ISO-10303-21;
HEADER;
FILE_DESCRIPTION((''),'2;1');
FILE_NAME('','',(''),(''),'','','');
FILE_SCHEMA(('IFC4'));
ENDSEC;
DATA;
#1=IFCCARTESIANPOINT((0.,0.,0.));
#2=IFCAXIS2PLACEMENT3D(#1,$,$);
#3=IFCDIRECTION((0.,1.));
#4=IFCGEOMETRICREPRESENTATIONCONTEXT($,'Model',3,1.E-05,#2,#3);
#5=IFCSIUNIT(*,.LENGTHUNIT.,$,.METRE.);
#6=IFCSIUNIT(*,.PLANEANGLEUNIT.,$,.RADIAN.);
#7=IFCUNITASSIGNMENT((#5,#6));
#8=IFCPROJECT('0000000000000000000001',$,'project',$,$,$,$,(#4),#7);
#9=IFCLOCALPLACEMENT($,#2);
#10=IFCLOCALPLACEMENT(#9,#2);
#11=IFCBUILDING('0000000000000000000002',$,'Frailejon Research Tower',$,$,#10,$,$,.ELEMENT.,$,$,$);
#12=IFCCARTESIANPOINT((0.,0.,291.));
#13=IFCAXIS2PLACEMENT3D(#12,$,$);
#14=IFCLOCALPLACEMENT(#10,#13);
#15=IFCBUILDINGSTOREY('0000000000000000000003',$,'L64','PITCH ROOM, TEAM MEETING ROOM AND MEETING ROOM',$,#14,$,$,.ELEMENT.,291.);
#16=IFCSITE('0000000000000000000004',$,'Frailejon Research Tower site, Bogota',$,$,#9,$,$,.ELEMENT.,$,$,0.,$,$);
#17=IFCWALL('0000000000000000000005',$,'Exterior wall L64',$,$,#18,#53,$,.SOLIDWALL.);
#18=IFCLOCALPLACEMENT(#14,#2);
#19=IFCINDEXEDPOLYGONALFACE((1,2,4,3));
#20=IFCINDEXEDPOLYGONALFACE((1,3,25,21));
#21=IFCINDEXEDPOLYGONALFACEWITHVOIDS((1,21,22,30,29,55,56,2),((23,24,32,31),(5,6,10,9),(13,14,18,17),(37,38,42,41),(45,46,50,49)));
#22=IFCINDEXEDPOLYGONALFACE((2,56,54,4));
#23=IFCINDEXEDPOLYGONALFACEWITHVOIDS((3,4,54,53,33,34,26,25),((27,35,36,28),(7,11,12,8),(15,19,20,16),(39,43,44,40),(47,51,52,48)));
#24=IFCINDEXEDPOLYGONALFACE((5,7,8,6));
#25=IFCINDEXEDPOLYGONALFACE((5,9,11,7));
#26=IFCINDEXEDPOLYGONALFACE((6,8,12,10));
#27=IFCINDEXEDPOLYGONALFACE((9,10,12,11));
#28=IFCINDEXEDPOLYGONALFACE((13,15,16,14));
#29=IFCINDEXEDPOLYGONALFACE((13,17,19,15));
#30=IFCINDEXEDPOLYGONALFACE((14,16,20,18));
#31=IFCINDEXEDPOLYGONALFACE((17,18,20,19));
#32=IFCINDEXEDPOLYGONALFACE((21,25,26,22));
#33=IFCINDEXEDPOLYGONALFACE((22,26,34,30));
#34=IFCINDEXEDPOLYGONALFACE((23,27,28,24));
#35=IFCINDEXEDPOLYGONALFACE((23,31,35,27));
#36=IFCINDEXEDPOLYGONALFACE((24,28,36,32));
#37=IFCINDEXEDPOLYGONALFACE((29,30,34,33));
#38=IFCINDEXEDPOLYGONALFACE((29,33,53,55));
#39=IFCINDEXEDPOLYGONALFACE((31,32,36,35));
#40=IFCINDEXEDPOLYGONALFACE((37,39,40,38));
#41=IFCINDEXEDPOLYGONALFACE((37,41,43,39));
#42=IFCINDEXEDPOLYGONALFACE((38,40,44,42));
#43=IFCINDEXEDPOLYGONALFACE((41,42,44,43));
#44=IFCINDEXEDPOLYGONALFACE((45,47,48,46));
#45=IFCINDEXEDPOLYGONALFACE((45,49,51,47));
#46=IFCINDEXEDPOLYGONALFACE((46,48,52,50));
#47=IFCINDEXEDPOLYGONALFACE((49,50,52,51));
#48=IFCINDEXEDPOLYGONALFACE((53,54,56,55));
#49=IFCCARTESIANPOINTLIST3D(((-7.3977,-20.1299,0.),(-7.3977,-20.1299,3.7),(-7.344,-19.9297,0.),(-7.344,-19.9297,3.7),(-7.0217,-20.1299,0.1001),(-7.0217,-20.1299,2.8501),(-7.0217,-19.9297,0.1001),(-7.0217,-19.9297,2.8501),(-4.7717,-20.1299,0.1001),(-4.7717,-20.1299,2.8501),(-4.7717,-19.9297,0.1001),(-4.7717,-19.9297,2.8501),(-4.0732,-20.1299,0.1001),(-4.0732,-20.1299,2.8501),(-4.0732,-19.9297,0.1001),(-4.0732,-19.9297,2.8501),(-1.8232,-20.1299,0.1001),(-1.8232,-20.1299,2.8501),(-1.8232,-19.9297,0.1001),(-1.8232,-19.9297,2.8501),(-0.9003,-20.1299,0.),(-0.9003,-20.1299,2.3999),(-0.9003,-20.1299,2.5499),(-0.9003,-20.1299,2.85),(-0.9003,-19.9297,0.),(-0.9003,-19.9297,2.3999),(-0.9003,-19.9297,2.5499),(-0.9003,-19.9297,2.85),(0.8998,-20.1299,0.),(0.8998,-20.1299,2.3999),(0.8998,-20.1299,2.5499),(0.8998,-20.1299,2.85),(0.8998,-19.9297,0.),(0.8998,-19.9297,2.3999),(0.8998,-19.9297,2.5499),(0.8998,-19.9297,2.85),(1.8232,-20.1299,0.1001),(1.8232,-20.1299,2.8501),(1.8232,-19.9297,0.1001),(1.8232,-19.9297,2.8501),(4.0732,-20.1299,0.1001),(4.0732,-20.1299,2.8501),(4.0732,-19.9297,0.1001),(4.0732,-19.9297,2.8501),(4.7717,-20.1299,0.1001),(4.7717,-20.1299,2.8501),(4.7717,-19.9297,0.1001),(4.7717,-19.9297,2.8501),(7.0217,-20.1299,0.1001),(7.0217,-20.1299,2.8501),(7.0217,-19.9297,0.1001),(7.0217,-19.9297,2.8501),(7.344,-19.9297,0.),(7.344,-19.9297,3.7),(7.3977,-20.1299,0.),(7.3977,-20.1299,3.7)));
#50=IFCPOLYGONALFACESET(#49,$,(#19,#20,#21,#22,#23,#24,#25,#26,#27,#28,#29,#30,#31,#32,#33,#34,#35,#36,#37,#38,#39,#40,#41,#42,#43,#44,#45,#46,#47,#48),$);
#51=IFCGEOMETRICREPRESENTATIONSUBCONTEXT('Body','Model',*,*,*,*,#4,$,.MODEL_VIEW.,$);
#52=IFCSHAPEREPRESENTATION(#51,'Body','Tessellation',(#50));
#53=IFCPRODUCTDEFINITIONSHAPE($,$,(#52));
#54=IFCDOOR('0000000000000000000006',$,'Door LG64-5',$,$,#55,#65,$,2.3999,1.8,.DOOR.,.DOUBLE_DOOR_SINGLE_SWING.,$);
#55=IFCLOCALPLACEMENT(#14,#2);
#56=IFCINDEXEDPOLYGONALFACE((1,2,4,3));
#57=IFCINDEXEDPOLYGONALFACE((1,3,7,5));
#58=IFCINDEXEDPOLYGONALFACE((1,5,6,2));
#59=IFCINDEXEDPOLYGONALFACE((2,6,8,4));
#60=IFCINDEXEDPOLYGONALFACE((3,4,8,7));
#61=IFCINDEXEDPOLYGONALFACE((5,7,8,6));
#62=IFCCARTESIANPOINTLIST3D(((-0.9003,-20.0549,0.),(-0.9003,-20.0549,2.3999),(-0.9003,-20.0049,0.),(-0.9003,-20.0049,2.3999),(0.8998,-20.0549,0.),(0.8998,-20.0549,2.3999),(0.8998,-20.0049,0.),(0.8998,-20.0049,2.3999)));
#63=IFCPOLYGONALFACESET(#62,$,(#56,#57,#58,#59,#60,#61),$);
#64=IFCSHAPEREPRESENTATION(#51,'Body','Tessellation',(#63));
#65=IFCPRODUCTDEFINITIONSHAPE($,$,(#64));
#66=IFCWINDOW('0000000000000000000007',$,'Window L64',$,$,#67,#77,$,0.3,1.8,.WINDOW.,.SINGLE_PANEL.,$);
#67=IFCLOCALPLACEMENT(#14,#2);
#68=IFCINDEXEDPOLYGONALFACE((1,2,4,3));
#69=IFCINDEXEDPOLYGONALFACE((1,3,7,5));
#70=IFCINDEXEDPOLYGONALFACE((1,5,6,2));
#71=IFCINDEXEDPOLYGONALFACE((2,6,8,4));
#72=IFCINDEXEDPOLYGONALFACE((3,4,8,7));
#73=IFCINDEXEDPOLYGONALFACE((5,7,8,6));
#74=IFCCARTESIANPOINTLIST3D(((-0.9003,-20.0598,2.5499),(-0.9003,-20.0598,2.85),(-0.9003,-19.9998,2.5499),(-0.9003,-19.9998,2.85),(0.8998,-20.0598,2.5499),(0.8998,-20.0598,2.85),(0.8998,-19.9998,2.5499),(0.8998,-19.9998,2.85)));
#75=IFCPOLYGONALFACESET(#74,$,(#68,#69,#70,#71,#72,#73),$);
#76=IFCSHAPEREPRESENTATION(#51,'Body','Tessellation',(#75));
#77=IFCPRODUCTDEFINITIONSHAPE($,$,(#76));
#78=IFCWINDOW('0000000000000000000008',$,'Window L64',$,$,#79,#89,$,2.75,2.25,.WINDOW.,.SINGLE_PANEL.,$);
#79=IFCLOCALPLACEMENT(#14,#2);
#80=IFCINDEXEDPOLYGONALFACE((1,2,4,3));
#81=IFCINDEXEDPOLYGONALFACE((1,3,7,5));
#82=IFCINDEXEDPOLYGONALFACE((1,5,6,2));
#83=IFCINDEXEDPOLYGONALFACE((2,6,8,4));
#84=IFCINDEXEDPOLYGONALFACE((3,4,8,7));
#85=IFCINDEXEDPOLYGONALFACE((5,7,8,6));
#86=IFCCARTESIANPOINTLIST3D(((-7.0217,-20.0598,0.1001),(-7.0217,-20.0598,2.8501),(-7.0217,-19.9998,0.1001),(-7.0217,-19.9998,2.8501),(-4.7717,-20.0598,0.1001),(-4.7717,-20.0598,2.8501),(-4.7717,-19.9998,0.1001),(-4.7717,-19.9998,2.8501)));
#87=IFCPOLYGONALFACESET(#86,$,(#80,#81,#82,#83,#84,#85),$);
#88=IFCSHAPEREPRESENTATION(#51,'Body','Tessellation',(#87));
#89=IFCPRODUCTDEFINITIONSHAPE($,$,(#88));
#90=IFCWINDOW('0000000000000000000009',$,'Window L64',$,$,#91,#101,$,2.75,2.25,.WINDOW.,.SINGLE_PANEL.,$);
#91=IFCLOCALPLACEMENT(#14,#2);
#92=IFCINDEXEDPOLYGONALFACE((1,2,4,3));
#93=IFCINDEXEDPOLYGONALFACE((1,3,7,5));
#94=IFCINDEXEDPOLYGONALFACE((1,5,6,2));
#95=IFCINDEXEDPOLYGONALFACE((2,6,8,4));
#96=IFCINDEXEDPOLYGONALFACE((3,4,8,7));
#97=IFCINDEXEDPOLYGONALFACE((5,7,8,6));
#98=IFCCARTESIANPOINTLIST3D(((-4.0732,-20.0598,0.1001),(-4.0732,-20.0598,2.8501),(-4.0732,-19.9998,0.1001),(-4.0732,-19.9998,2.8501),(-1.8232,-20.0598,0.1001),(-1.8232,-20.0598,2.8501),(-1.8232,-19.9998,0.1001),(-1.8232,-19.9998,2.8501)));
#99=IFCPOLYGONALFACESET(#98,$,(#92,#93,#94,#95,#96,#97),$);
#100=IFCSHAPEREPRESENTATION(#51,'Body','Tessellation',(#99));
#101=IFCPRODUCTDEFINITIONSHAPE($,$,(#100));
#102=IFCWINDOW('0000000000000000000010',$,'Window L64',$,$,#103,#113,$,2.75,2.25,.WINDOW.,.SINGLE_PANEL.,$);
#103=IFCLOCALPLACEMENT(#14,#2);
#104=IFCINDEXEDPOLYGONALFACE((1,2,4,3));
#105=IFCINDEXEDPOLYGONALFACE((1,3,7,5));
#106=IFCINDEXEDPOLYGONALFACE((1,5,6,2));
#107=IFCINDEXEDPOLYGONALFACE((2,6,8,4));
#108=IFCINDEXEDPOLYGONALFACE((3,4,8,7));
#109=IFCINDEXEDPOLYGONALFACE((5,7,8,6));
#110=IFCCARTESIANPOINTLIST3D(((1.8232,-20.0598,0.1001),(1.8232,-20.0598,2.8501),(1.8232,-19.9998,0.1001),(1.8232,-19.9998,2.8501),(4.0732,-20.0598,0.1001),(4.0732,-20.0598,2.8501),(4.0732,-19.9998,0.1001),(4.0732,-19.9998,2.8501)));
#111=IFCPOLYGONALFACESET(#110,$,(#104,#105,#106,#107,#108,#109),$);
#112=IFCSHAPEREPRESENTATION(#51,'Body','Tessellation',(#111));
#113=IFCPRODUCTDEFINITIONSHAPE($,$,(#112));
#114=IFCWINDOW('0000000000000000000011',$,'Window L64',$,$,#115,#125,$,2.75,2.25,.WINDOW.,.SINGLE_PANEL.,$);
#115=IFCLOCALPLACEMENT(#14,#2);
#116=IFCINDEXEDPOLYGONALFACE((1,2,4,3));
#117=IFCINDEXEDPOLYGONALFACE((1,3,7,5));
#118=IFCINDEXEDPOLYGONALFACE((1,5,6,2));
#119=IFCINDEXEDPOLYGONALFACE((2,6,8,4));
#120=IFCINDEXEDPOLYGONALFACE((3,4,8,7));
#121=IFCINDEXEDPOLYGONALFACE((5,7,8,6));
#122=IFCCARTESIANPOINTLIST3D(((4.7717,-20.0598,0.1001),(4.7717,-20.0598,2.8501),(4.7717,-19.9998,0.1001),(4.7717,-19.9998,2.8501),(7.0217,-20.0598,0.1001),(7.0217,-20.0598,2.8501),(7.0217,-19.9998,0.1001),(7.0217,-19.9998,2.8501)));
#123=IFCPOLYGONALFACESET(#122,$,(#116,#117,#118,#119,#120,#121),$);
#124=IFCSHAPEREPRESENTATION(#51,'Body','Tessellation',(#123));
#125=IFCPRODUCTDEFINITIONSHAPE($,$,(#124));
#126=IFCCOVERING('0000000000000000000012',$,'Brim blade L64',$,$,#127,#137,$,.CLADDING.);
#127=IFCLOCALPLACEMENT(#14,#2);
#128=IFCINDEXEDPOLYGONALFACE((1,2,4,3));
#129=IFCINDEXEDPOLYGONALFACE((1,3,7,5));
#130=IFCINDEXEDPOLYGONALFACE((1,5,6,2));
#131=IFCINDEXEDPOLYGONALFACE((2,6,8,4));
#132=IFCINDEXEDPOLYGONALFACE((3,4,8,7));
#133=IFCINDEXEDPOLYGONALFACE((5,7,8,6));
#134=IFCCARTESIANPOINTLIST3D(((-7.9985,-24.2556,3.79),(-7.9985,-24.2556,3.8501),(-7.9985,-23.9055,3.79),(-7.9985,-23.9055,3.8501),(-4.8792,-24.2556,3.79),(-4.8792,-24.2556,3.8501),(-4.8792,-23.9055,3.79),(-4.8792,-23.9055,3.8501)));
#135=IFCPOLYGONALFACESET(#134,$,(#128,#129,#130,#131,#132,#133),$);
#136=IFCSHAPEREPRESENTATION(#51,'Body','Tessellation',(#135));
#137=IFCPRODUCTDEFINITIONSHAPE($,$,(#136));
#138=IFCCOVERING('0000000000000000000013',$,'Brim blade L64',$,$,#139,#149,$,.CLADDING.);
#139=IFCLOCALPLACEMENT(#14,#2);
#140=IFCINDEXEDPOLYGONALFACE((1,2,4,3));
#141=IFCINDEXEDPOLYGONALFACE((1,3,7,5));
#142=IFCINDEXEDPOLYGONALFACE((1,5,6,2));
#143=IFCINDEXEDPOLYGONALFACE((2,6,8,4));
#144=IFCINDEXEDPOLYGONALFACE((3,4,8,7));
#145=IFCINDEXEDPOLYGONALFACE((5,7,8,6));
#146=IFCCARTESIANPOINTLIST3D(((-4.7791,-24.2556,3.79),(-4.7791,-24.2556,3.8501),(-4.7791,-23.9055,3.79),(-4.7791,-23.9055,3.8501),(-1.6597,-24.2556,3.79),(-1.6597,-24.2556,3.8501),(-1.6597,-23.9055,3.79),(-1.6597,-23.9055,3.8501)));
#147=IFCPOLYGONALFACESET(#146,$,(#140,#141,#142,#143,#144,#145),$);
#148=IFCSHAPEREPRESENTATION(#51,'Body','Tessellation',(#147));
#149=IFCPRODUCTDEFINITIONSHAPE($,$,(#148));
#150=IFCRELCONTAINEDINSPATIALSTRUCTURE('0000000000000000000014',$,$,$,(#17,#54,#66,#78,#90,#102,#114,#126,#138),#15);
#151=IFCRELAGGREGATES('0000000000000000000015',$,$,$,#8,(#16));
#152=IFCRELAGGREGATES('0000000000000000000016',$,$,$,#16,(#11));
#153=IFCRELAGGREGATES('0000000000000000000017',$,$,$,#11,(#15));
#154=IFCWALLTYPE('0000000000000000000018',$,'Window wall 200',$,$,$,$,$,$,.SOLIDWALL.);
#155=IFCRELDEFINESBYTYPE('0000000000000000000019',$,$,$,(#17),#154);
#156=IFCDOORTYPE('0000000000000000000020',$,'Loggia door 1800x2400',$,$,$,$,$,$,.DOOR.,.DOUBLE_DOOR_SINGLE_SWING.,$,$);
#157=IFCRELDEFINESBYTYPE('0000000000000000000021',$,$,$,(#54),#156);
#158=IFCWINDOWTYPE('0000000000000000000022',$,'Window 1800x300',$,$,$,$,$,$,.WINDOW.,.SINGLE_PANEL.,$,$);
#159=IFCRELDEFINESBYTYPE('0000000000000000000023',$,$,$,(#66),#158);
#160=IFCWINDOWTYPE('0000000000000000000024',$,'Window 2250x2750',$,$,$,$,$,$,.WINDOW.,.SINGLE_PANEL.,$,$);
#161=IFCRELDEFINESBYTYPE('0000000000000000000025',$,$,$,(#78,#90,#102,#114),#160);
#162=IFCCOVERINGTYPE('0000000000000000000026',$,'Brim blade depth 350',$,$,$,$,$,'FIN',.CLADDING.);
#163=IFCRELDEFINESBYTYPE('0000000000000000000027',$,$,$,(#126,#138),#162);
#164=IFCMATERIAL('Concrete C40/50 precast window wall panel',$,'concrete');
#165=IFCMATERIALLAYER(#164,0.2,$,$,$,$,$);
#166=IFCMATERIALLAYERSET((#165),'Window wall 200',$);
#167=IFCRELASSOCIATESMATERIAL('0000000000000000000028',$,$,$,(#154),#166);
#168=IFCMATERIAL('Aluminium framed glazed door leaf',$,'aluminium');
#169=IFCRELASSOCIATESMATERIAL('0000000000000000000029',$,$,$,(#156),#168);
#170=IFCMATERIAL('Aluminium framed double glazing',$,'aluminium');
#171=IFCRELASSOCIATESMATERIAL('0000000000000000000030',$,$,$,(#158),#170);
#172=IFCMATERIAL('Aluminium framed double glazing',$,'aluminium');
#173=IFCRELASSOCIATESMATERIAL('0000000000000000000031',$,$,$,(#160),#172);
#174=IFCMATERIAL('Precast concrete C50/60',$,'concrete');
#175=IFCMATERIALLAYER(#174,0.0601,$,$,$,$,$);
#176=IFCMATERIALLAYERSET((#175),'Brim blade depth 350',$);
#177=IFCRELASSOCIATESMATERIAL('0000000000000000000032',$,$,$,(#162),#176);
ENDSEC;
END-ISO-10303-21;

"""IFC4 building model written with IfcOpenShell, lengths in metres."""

from ifc_helpers import new_model, si_unit, direction, frame, frame_2d, origin, place, context, subcontext, project, spatial, polyline, rectangle, outline, extrude, material, layer, layer_set, type_object, element, fill, save


model = new_model("IFC4")

# Units and contexts
model_context = context("Model", 3, precision=1e-05, world=origin(), true_north=direction((0.0, 1.0)))
body_context = subcontext(model_context, "Body", "Model", "MODEL_VIEW")
ifc_project = project(units=[si_unit("LENGTHUNIT", "METRE"), si_unit("PLANEANGLEUNIT", "RADIAN")], contexts=[model_context])

# Site, building, storey
site_placement = place(None, origin())
site = spatial("IfcSite", under=ifc_project, at=site_placement, Name="Frailejon Research Tower site, Bogota", CompositionType="ELEMENT", RefElevation=0.0)
building_placement = place(site_placement, origin())
building = spatial("IfcBuilding", under=site, at=building_placement, Name="Frailejon Research Tower", CompositionType="ELEMENT")
storey_placement = place(building_placement, frame((0.0, 0.0, 291.0)))
storey = spatial("IfcBuildingStorey", under=building, at=storey_placement, Name="L64", Description="PITCH ROOM, TEAM MEETING ROOM AND MEETING ROOM", CompositionType="ELEMENT", Elevation=291.0)

# Wall, openings, door, windows
ifc_material_1 = material(Name="Concrete C40/50 precast window wall panel", Category="concrete")
ifc_layer_1 = layer(ifc_material_1, 0.2)
ifc_layer_set_1 = layer_set([ifc_layer_1], Name="Window wall 200")
wall_type = type_object("IfcWallType", Name="Window wall 200", PredefinedType="SOLIDWALL", material=ifc_layer_set_1)
wall_placement = place(storey_placement, frame((-7.3708, -20.0298, 0.0), z_axis=(0.0, 0.0, 1.0), x_axis=(1.0, 0.0, 0.0)))
wall = element("IfcWall", 1, at=wall_placement, inside=storey, type_object=wall_type, Name="Exterior wall L64", PredefinedType="SOLIDWALL", context=body_context, shape_type="SweptSolid", body=[
    extrude(outline(polyline([(-0.0269, -0.1001), (1.03, -0.1001), (2.0867, -0.1001), (3.1436, -0.1001), (4.2004, -0.1001), (5.2573, -0.1001), (6.314, -0.1001), (7.3708, -0.1001), (8.4277, -0.1001), (9.4844, -0.1001), (10.5413, -0.1001), (11.5981, -0.1001), (12.655, -0.1001), (13.7117, -0.1001), (14.7686, -0.1001), (14.7148, 0.1001), (13.6658, 0.1001), (12.6165, 0.1001), (11.5674, 0.1001), (10.5183, 0.1001), (9.4692, 0.1001), (8.4199, 0.1001), (7.3708, 0.1001), (6.3218, 0.1001), (5.2725, 0.1001), (4.2234, 0.1001), (3.1743, 0.1001), (2.1252, 0.1001), (1.0759, 0.1001), (0.0269, 0.1001), (-0.0269, -0.1001)])), origin(), (0.0, 0.0, 1.0), 3.7),
])
opening_1_placement = place(wall_placement, frame((0.3491, 0.0, 0.1001)))
opening_1 = element("IfcOpeningElement", 2, at=opening_1_placement, cuts=wall, PredefinedType="OPENING", context=body_context, shape_type="SweptSolid", body=[
    extrude(rectangle(XDim=2.25, YDim=2.75, at=frame_2d((1.125, 1.375))), frame((0.0, 0.1099, 0.0), z_axis=(0.0, -1.0, 0.0), x_axis=(1.0, 0.0, 0.0)), (0.0, 0.0, 1.0), 0.22),
])
opening_2_placement = place(wall_placement, frame((3.2976, 0.0, 0.1001)))
opening_2 = element("IfcOpeningElement", 3, at=opening_2_placement, cuts=wall, PredefinedType="OPENING", context=body_context, shape_type="SweptSolid", body=[
    extrude(rectangle(XDim=2.25, YDim=2.75, at=frame_2d((1.125, 1.375))), frame((0.0, 0.1099, 0.0), z_axis=(0.0, -1.0, 0.0), x_axis=(1.0, 0.0, 0.0)), (0.0, 0.0, 1.0), 0.22),
])
opening_3_placement = place(wall_placement, frame((6.4707, 0.0, 0.0)))
opening_3 = element("IfcOpeningElement", 4, at=opening_3_placement, cuts=wall, PredefinedType="OPENING", context=body_context, shape_type="SweptSolid", body=[
    extrude(rectangle(XDim=1.8, YDim=2.3999, at=frame_2d((0.8999, 1.2))), frame((0.0, 0.1099, 0.0), z_axis=(0.0, -1.0, 0.0), x_axis=(1.0, 0.0, 0.0)), (0.0, 0.0, 1.0), 0.22),
])
opening_4_placement = place(wall_placement, frame((6.4707, 0.0, 2.55)))
opening_4 = element("IfcOpeningElement", 5, at=opening_4_placement, cuts=wall, PredefinedType="OPENING", context=body_context, shape_type="SweptSolid", body=[
    extrude(rectangle(XDim=1.8, YDim=0.3, at=frame_2d((0.8999, 0.1499))), frame((0.0, 0.1099, 0.0), z_axis=(0.0, -1.0, 0.0), x_axis=(1.0, 0.0, 0.0)), (0.0, 0.0, 1.0), 0.22),
])
opening_5_placement = place(wall_placement, frame((9.1941, 0.0, 0.1001)))
opening_5 = element("IfcOpeningElement", 6, at=opening_5_placement, cuts=wall, PredefinedType="OPENING", context=body_context, shape_type="SweptSolid", body=[
    extrude(rectangle(XDim=2.25, YDim=2.75, at=frame_2d((1.125, 1.375))), frame((0.0, 0.1099, 0.0), z_axis=(0.0, -1.0, 0.0), x_axis=(1.0, 0.0, 0.0)), (0.0, 0.0, 1.0), 0.22),
])
opening_6_placement = place(wall_placement, frame((12.1426, 0.0, 0.1001)))
opening_6 = element("IfcOpeningElement", 7, at=opening_6_placement, cuts=wall, PredefinedType="OPENING", context=body_context, shape_type="SweptSolid", body=[
    extrude(rectangle(XDim=2.25, YDim=2.75, at=frame_2d((1.125, 1.375))), frame((0.0, 0.1099, 0.0), z_axis=(0.0, -1.0, 0.0), x_axis=(1.0, 0.0, 0.0)), (0.0, 0.0, 1.0), 0.22),
])
ifc_material_2 = material(Name="Aluminium framed glazed door leaf", Category="aluminium")
door_type = type_object("IfcDoorType", Name="Loggia door 1800x2400", OperationType="DOUBLE_DOOR_SINGLE_SWING", PredefinedType="DOOR", material=ifc_material_2)
door_placement = place(opening_3_placement, origin())
door = element("IfcDoor", 8, at=door_placement, inside=storey, type_object=door_type, Name="Door LG64-5", OperationType="DOUBLE_DOOR_SINGLE_SWING", OverallHeight=2.3999, OverallWidth=1.8, PredefinedType="DOOR", context=body_context, shape_type="SweptSolid", body=[
    extrude(rectangle(XDim=1.8, YDim=2.3999, at=frame_2d((0.8999, 1.2))), frame((0.0, 0.0249, 0.0), z_axis=(0.0, -1.0, 0.0), x_axis=(1.0, 0.0, 0.0)), (0.0, 0.0, 1.0), 0.05),
])
fill(opening_3, door)
ifc_material_3 = material(Name="Aluminium framed double glazing", Category="aluminium")
window_type_1 = type_object("IfcWindowType", Name="Window 1800x300", PartitioningType="SINGLE_PANEL", PredefinedType="WINDOW", material=ifc_material_3)
window_1_placement = place(opening_4_placement, origin())
window_1 = element("IfcWindow", 9, at=window_1_placement, inside=storey, type_object=window_type_1, Name="Window L64", OverallHeight=0.3, OverallWidth=1.8, PartitioningType="SINGLE_PANEL", PredefinedType="WINDOW", context=body_context, shape_type="SweptSolid", body=[
    extrude(rectangle(XDim=1.8, YDim=0.3, at=frame_2d((0.8999, 0.1499))), frame((0.0, 0.03, 0.0), z_axis=(0.0, -1.0, 0.0), x_axis=(1.0, 0.0, 0.0)), (0.0, 0.0, 1.0), 0.0601),
])
fill(opening_4, window_1)
ifc_material_4 = material(Name="Aluminium framed double glazing", Category="aluminium")
window_type_2 = type_object("IfcWindowType", Name="Window 2250x2750", PartitioningType="SINGLE_PANEL", PredefinedType="WINDOW", material=ifc_material_4)
window_2_placement = place(opening_1_placement, origin())
window_2 = element("IfcWindow", 10, at=window_2_placement, inside=storey, type_object=window_type_2, Name="Window L64", OverallHeight=2.75, OverallWidth=2.25, PartitioningType="SINGLE_PANEL", PredefinedType="WINDOW", context=body_context, shape_type="SweptSolid", body=[
    extrude(rectangle(XDim=2.25, YDim=2.75, at=frame_2d((1.125, 1.375))), frame((0.0, 0.03, 0.0), z_axis=(0.0, -1.0, 0.0), x_axis=(1.0, 0.0, 0.0)), (0.0, 0.0, 1.0), 0.0601),
])
fill(opening_1, window_2)
window_3_placement = place(opening_2_placement, origin())
window_3 = element("IfcWindow", 11, at=window_3_placement, inside=storey, type_object=window_type_2, Name="Window L64", OverallHeight=2.75, OverallWidth=2.25, PartitioningType="SINGLE_PANEL", PredefinedType="WINDOW", context=body_context, shape_type="SweptSolid", body=[
    extrude(rectangle(XDim=2.25, YDim=2.75, at=frame_2d((1.125, 1.375))), frame((0.0, 0.03, 0.0), z_axis=(0.0, -1.0, 0.0), x_axis=(1.0, 0.0, 0.0)), (0.0, 0.0, 1.0), 0.0601),
])
fill(opening_2, window_3)
window_4_placement = place(opening_5_placement, origin())
window_4 = element("IfcWindow", 12, at=window_4_placement, inside=storey, type_object=window_type_2, Name="Window L64", OverallHeight=2.75, OverallWidth=2.25, PartitioningType="SINGLE_PANEL", PredefinedType="WINDOW", context=body_context, shape_type="SweptSolid", body=[
    extrude(rectangle(XDim=2.25, YDim=2.75, at=frame_2d((1.125, 1.375))), frame((0.0, 0.03, 0.0), z_axis=(0.0, -1.0, 0.0), x_axis=(1.0, 0.0, 0.0)), (0.0, 0.0, 1.0), 0.0601),
])
fill(opening_5, window_4)
window_5_placement = place(opening_6_placement, origin())
window_5 = element("IfcWindow", 13, at=window_5_placement, inside=storey, type_object=window_type_2, Name="Window L64", OverallHeight=2.75, OverallWidth=2.25, PartitioningType="SINGLE_PANEL", PredefinedType="WINDOW", context=body_context, shape_type="SweptSolid", body=[
    extrude(rectangle(XDim=2.25, YDim=2.75, at=frame_2d((1.125, 1.375))), frame((0.0, 0.03, 0.0), z_axis=(0.0, -1.0, 0.0), x_axis=(1.0, 0.0, 0.0)), (0.0, 0.0, 1.0), 0.0601),
])
fill(opening_6, window_5)

# Coverings
ifc_material_5 = material(Name="Precast concrete C50/60", Category="concrete")
ifc_layer_2 = layer(ifc_material_5, 0.0601)
ifc_layer_set_2 = layer_set([ifc_layer_2], Name="Brim blade depth 350")
covering_type_1 = type_object("IfcCoveringType", Name="Brim blade depth 350", ElementType="FIN", PredefinedType="CLADDING", material=ifc_layer_set_2)
for number, where, z_axis, x_axis, name in (
    (14, (-4.8792, -23.9055, 3.8501), (-1.0, 0.0, 0.0), (0.0, -1.0, 0.0), "Brim blade L64"),
    (15, (-1.6597, -23.9055, 3.8501), (-1.0, 0.0, 0.0), (0.0, -1.0, 0.0), "Brim blade L64"),
):
    element("IfcCovering", number, at=place(storey_placement, frame(where, z_axis=z_axis, x_axis=x_axis)), inside=storey, type_object=covering_type_1, Name=name, PredefinedType="CLADDING", context=body_context, shape_type="SweptSolid", body=[
        extrude(outline(polyline([(0.0, -0.0601), (0.3501, -0.0601), (0.3501, 0.0), (0.0, 0.0), (0.0, -0.0601)])), origin(), (0.0, 0.0, 1.0), 3.1194),
    ])

save(model, "model.ifc")
